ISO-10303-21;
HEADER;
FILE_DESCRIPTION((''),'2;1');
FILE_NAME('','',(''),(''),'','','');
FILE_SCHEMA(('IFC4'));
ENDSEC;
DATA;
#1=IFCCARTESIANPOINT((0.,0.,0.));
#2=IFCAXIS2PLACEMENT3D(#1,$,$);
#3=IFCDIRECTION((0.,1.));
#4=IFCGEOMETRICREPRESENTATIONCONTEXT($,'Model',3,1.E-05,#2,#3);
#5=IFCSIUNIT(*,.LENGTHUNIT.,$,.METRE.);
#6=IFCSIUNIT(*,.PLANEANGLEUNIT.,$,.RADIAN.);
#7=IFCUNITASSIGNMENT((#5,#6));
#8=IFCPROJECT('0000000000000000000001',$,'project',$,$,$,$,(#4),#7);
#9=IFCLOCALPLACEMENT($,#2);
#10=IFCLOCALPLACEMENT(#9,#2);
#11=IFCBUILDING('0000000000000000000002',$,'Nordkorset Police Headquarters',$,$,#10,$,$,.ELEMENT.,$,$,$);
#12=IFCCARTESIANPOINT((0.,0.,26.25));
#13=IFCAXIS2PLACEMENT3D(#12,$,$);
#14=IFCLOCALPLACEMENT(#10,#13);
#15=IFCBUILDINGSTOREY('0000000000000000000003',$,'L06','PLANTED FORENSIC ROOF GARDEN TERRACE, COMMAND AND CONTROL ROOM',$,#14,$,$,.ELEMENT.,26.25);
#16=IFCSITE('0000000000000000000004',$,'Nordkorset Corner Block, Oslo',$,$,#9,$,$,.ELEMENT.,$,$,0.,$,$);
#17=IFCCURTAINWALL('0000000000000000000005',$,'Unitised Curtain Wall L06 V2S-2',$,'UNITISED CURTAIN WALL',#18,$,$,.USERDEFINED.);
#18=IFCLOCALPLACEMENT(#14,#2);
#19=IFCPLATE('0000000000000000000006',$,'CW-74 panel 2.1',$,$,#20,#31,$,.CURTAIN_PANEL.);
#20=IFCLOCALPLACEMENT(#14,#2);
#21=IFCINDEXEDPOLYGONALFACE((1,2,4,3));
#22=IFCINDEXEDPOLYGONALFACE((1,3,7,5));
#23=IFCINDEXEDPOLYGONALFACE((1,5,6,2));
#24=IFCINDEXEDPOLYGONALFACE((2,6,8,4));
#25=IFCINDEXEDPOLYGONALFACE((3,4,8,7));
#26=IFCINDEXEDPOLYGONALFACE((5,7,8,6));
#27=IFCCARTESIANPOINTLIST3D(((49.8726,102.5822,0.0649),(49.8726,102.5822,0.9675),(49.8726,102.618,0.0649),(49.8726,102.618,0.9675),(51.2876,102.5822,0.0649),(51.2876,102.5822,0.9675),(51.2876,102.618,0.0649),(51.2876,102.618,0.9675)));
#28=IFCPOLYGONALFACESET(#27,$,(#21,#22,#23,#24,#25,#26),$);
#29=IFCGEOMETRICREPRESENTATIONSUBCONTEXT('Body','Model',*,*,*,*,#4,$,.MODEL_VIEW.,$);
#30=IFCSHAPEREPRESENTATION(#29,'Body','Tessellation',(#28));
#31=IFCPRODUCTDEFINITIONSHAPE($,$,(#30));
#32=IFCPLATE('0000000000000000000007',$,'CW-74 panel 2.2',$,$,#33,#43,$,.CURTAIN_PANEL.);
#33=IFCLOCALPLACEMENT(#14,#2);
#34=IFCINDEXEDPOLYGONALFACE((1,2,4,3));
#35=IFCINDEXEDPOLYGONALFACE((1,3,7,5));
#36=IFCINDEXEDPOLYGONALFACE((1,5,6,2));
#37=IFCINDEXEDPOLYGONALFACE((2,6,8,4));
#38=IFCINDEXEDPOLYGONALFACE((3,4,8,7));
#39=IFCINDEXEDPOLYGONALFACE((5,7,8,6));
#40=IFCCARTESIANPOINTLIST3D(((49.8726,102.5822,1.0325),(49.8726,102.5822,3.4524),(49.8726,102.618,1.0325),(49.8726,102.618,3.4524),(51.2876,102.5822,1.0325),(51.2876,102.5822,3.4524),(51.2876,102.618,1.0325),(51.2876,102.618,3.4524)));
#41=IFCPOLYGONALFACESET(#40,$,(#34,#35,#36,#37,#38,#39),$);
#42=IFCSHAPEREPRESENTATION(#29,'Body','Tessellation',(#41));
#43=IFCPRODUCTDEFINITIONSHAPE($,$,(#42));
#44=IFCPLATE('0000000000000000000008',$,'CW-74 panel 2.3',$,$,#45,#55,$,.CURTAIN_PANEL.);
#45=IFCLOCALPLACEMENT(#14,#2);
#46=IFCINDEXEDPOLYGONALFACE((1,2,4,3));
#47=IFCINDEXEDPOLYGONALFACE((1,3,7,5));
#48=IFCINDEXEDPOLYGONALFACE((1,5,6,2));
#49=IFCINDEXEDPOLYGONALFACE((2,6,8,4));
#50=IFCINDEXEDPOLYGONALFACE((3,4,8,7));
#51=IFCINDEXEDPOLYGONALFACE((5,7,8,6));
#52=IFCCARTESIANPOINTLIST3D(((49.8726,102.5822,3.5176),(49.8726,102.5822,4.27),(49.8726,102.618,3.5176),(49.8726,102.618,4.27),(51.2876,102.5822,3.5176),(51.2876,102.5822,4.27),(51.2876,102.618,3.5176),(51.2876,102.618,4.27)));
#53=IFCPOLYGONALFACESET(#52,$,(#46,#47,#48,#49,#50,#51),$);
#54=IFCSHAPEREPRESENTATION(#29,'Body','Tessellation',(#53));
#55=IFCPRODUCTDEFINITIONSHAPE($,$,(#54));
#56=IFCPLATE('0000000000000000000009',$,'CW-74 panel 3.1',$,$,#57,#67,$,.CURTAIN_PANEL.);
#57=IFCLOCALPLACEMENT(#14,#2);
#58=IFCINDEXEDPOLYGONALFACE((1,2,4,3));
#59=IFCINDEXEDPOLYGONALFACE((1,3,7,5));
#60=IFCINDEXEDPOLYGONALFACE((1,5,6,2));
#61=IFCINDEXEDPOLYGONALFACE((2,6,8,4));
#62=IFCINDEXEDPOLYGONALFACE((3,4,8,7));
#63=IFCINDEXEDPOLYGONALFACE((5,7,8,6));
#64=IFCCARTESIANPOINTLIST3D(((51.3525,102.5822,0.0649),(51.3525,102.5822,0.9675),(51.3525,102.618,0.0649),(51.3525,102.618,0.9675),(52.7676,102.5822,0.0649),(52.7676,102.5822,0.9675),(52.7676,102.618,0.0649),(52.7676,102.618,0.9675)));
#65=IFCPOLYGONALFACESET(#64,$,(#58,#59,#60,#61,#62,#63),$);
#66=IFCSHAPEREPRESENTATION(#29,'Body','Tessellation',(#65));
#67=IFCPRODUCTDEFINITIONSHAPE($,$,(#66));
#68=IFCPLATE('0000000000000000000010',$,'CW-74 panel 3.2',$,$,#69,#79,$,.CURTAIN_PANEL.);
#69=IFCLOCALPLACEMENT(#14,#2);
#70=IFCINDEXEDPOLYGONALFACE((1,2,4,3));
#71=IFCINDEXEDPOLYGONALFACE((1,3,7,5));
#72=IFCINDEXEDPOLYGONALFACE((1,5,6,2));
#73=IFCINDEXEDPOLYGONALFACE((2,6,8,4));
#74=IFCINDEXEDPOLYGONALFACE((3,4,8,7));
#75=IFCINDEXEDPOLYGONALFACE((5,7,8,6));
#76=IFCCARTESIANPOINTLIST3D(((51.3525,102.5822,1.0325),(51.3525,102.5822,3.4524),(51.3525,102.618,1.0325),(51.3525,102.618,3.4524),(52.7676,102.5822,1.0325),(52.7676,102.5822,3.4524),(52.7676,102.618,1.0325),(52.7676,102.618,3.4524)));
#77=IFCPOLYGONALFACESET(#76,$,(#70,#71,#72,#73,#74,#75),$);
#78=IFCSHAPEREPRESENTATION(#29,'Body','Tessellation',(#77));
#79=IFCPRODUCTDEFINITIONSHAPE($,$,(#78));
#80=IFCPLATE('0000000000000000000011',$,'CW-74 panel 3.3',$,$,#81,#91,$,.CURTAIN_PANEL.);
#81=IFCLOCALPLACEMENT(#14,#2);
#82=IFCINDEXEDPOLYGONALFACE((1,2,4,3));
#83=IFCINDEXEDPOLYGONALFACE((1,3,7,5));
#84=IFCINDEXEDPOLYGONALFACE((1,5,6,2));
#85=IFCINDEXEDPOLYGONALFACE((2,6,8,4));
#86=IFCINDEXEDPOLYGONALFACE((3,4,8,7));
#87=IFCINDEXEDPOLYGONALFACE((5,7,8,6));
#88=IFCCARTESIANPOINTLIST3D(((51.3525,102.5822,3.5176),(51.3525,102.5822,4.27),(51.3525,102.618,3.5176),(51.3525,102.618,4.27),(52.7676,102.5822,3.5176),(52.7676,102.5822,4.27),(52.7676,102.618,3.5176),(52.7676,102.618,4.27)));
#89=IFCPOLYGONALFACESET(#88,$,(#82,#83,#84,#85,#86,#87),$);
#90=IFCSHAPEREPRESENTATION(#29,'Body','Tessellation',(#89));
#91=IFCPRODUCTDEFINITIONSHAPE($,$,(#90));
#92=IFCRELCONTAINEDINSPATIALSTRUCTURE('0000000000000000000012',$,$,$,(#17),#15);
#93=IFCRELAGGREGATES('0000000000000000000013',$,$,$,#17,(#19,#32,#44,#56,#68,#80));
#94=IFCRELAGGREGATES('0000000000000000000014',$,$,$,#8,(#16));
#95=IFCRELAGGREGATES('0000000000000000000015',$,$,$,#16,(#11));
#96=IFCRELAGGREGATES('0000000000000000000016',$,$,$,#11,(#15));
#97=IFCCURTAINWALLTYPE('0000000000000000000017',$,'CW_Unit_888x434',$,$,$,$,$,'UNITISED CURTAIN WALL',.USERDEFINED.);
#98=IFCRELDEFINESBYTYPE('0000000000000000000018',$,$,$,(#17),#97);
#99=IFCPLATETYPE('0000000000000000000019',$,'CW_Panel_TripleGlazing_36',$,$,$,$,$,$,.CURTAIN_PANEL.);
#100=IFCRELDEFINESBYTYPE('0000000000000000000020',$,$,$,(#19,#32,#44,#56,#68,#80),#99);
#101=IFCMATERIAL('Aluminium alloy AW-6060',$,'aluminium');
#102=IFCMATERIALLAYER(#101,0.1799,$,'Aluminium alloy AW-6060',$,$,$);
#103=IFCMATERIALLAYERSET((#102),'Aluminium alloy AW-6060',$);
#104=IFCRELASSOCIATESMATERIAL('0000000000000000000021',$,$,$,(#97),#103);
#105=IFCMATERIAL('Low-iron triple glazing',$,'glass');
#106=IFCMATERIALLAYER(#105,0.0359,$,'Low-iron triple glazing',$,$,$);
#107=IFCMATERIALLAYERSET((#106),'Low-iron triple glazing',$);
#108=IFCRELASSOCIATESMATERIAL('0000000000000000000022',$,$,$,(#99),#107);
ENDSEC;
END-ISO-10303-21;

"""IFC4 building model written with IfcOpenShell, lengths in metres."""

from ifc_helpers import new_model, si_unit, direction, frame, origin, origin_2d, place, context, subcontext, project, spatial, rectangle, extrude, material, layer, layer_set, type_object, element, aggregate, save


model = new_model("IFC4")

# Units and contexts
model_context = context("Model", 3, precision=1e-05, world=origin(), true_north=direction((0.0, 1.0)))
body_context = subcontext(model_context, "Body", "Model", "MODEL_VIEW")
ifc_project = project(units=[si_unit("LENGTHUNIT", "METRE"), si_unit("PLANEANGLEUNIT", "RADIAN")], contexts=[model_context])

# Site, building, storey
site_placement = place(None, origin())
site = spatial("IfcSite", under=ifc_project, at=site_placement, Name="Nordkorset Corner Block, Oslo", CompositionType="ELEMENT", RefElevation=0.0)
building_placement = place(site_placement, origin())
building = spatial("IfcBuilding", under=site, at=building_placement, Name="Nordkorset Police Headquarters", CompositionType="ELEMENT")
storey_placement = place(building_placement, frame((0.0, 0.0, 26.25)))
storey = spatial("IfcBuildingStorey", under=building, at=storey_placement, Name="L06", Description="PLANTED FORENSIC ROOF GARDEN TERRACE, COMMAND AND CONTROL ROOM", CompositionType="ELEMENT", Elevation=26.25)

# Curtain wall, plates
ifc_material_1 = material(Name="Aluminium alloy AW-6060", Category="aluminium")
ifc_layer_1 = layer(ifc_material_1, 0.1799, Name="Aluminium alloy AW-6060")
ifc_layer_set_1 = layer_set([ifc_layer_1], Name="Aluminium alloy AW-6060")
curtain_wall_type = type_object("IfcCurtainWallType", Name="CW_Unit_888x434", ElementType="UNITISED CURTAIN WALL", PredefinedType="USERDEFINED", material=ifc_layer_set_1)
curtain_wall_placement = place(storey_placement, origin())
curtain_wall = element("IfcCurtainWall", 1, at=curtain_wall_placement, inside=storey, type_object=curtain_wall_type, Name="Unitised Curtain Wall L06 V2S-2", ObjectType="UNITISED CURTAIN WALL", PredefinedType="USERDEFINED")
ifc_material_2 = material(Name="Low-iron triple glazing", Category="glass")
ifc_layer_2 = layer(ifc_material_2, 0.0359, Name="Low-iron triple glazing")
ifc_layer_set_2 = layer_set([ifc_layer_2], Name="Low-iron triple glazing")
plate_type = type_object("IfcPlateType", Name="CW_Panel_TripleGlazing_36", PredefinedType="CURTAIN_PANEL", material=ifc_layer_set_2)
plate_1_placement = place(storey_placement, frame((50.5801, 102.6001, 0.0649), z_axis=(0.0, 0.0, 1.0), x_axis=(1.0, 0.0, 0.0)))
plate_1 = element("IfcPlate", 2, at=plate_1_placement, type_object=plate_type, Name="CW-74 panel 2.1", PredefinedType="CURTAIN_PANEL", context=body_context, shape_type="SweptSolid", body=[
    extrude(rectangle(XDim=1.415, YDim=0.0359, at=origin_2d()), origin(), (0.0, 0.0, 1.0), 0.9026),
])
plate_2_placement = place(storey_placement, frame((50.5801, 102.6001, 1.0325), z_axis=(0.0, 0.0, 1.0), x_axis=(1.0, 0.0, 0.0)))
plate_2 = element("IfcPlate", 3, at=plate_2_placement, type_object=plate_type, Name="CW-74 panel 2.2", PredefinedType="CURTAIN_PANEL", context=body_context, shape_type="SweptSolid", body=[
    extrude(rectangle(XDim=1.415, YDim=0.0359, at=origin_2d()), origin(), (0.0, 0.0, 1.0), 2.4199),
])
plate_3_placement = place(storey_placement, frame((50.5801, 102.6001, 3.5176), z_axis=(0.0, 0.0, 1.0), x_axis=(1.0, 0.0, 0.0)))
plate_3 = element("IfcPlate", 4, at=plate_3_placement, type_object=plate_type, Name="CW-74 panel 2.3", PredefinedType="CURTAIN_PANEL", context=body_context, shape_type="SweptSolid", body=[
    extrude(rectangle(XDim=1.415, YDim=0.0359, at=origin_2d()), origin(), (0.0, 0.0, 1.0), 0.7524),
])
plate_4_placement = place(storey_placement, frame((52.0601, 102.6001, 0.0649), z_axis=(0.0, 0.0, 1.0), x_axis=(1.0, 0.0, 0.0)))
plate_4 = element("IfcPlate", 5, at=plate_4_placement, type_object=plate_type, Name="CW-74 panel 3.1", PredefinedType="CURTAIN_PANEL", context=body_context, shape_type="SweptSolid", body=[
    extrude(rectangle(XDim=1.415, YDim=0.0359, at=origin_2d()), origin(), (0.0, 0.0, 1.0), 0.9026),
])
plate_5_placement = place(storey_placement, frame((52.0601, 102.6001, 1.0325), z_axis=(0.0, 0.0, 1.0), x_axis=(1.0, 0.0, 0.0)))
plate_5 = element("IfcPlate", 6, at=plate_5_placement, type_object=plate_type, Name="CW-74 panel 3.2", PredefinedType="CURTAIN_PANEL", context=body_context, shape_type="SweptSolid", body=[
    extrude(rectangle(XDim=1.415, YDim=0.0359, at=origin_2d()), origin(), (0.0, 0.0, 1.0), 2.4199),
])
plate_6_placement = place(storey_placement, frame((52.0601, 102.6001, 3.5176), z_axis=(0.0, 0.0, 1.0), x_axis=(1.0, 0.0, 0.0)))
plate_6 = element("IfcPlate", 7, at=plate_6_placement, type_object=plate_type, Name="CW-74 panel 3.3", PredefinedType="CURTAIN_PANEL", context=body_context, shape_type="SweptSolid", body=[
    extrude(rectangle(XDim=1.415, YDim=0.0359, at=origin_2d()), origin(), (0.0, 0.0, 1.0), 0.7524),
])
aggregate(curtain_wall, [plate_1, plate_2, plate_3, plate_4, plate_5, plate_6])

save(model, "model.ifc")
